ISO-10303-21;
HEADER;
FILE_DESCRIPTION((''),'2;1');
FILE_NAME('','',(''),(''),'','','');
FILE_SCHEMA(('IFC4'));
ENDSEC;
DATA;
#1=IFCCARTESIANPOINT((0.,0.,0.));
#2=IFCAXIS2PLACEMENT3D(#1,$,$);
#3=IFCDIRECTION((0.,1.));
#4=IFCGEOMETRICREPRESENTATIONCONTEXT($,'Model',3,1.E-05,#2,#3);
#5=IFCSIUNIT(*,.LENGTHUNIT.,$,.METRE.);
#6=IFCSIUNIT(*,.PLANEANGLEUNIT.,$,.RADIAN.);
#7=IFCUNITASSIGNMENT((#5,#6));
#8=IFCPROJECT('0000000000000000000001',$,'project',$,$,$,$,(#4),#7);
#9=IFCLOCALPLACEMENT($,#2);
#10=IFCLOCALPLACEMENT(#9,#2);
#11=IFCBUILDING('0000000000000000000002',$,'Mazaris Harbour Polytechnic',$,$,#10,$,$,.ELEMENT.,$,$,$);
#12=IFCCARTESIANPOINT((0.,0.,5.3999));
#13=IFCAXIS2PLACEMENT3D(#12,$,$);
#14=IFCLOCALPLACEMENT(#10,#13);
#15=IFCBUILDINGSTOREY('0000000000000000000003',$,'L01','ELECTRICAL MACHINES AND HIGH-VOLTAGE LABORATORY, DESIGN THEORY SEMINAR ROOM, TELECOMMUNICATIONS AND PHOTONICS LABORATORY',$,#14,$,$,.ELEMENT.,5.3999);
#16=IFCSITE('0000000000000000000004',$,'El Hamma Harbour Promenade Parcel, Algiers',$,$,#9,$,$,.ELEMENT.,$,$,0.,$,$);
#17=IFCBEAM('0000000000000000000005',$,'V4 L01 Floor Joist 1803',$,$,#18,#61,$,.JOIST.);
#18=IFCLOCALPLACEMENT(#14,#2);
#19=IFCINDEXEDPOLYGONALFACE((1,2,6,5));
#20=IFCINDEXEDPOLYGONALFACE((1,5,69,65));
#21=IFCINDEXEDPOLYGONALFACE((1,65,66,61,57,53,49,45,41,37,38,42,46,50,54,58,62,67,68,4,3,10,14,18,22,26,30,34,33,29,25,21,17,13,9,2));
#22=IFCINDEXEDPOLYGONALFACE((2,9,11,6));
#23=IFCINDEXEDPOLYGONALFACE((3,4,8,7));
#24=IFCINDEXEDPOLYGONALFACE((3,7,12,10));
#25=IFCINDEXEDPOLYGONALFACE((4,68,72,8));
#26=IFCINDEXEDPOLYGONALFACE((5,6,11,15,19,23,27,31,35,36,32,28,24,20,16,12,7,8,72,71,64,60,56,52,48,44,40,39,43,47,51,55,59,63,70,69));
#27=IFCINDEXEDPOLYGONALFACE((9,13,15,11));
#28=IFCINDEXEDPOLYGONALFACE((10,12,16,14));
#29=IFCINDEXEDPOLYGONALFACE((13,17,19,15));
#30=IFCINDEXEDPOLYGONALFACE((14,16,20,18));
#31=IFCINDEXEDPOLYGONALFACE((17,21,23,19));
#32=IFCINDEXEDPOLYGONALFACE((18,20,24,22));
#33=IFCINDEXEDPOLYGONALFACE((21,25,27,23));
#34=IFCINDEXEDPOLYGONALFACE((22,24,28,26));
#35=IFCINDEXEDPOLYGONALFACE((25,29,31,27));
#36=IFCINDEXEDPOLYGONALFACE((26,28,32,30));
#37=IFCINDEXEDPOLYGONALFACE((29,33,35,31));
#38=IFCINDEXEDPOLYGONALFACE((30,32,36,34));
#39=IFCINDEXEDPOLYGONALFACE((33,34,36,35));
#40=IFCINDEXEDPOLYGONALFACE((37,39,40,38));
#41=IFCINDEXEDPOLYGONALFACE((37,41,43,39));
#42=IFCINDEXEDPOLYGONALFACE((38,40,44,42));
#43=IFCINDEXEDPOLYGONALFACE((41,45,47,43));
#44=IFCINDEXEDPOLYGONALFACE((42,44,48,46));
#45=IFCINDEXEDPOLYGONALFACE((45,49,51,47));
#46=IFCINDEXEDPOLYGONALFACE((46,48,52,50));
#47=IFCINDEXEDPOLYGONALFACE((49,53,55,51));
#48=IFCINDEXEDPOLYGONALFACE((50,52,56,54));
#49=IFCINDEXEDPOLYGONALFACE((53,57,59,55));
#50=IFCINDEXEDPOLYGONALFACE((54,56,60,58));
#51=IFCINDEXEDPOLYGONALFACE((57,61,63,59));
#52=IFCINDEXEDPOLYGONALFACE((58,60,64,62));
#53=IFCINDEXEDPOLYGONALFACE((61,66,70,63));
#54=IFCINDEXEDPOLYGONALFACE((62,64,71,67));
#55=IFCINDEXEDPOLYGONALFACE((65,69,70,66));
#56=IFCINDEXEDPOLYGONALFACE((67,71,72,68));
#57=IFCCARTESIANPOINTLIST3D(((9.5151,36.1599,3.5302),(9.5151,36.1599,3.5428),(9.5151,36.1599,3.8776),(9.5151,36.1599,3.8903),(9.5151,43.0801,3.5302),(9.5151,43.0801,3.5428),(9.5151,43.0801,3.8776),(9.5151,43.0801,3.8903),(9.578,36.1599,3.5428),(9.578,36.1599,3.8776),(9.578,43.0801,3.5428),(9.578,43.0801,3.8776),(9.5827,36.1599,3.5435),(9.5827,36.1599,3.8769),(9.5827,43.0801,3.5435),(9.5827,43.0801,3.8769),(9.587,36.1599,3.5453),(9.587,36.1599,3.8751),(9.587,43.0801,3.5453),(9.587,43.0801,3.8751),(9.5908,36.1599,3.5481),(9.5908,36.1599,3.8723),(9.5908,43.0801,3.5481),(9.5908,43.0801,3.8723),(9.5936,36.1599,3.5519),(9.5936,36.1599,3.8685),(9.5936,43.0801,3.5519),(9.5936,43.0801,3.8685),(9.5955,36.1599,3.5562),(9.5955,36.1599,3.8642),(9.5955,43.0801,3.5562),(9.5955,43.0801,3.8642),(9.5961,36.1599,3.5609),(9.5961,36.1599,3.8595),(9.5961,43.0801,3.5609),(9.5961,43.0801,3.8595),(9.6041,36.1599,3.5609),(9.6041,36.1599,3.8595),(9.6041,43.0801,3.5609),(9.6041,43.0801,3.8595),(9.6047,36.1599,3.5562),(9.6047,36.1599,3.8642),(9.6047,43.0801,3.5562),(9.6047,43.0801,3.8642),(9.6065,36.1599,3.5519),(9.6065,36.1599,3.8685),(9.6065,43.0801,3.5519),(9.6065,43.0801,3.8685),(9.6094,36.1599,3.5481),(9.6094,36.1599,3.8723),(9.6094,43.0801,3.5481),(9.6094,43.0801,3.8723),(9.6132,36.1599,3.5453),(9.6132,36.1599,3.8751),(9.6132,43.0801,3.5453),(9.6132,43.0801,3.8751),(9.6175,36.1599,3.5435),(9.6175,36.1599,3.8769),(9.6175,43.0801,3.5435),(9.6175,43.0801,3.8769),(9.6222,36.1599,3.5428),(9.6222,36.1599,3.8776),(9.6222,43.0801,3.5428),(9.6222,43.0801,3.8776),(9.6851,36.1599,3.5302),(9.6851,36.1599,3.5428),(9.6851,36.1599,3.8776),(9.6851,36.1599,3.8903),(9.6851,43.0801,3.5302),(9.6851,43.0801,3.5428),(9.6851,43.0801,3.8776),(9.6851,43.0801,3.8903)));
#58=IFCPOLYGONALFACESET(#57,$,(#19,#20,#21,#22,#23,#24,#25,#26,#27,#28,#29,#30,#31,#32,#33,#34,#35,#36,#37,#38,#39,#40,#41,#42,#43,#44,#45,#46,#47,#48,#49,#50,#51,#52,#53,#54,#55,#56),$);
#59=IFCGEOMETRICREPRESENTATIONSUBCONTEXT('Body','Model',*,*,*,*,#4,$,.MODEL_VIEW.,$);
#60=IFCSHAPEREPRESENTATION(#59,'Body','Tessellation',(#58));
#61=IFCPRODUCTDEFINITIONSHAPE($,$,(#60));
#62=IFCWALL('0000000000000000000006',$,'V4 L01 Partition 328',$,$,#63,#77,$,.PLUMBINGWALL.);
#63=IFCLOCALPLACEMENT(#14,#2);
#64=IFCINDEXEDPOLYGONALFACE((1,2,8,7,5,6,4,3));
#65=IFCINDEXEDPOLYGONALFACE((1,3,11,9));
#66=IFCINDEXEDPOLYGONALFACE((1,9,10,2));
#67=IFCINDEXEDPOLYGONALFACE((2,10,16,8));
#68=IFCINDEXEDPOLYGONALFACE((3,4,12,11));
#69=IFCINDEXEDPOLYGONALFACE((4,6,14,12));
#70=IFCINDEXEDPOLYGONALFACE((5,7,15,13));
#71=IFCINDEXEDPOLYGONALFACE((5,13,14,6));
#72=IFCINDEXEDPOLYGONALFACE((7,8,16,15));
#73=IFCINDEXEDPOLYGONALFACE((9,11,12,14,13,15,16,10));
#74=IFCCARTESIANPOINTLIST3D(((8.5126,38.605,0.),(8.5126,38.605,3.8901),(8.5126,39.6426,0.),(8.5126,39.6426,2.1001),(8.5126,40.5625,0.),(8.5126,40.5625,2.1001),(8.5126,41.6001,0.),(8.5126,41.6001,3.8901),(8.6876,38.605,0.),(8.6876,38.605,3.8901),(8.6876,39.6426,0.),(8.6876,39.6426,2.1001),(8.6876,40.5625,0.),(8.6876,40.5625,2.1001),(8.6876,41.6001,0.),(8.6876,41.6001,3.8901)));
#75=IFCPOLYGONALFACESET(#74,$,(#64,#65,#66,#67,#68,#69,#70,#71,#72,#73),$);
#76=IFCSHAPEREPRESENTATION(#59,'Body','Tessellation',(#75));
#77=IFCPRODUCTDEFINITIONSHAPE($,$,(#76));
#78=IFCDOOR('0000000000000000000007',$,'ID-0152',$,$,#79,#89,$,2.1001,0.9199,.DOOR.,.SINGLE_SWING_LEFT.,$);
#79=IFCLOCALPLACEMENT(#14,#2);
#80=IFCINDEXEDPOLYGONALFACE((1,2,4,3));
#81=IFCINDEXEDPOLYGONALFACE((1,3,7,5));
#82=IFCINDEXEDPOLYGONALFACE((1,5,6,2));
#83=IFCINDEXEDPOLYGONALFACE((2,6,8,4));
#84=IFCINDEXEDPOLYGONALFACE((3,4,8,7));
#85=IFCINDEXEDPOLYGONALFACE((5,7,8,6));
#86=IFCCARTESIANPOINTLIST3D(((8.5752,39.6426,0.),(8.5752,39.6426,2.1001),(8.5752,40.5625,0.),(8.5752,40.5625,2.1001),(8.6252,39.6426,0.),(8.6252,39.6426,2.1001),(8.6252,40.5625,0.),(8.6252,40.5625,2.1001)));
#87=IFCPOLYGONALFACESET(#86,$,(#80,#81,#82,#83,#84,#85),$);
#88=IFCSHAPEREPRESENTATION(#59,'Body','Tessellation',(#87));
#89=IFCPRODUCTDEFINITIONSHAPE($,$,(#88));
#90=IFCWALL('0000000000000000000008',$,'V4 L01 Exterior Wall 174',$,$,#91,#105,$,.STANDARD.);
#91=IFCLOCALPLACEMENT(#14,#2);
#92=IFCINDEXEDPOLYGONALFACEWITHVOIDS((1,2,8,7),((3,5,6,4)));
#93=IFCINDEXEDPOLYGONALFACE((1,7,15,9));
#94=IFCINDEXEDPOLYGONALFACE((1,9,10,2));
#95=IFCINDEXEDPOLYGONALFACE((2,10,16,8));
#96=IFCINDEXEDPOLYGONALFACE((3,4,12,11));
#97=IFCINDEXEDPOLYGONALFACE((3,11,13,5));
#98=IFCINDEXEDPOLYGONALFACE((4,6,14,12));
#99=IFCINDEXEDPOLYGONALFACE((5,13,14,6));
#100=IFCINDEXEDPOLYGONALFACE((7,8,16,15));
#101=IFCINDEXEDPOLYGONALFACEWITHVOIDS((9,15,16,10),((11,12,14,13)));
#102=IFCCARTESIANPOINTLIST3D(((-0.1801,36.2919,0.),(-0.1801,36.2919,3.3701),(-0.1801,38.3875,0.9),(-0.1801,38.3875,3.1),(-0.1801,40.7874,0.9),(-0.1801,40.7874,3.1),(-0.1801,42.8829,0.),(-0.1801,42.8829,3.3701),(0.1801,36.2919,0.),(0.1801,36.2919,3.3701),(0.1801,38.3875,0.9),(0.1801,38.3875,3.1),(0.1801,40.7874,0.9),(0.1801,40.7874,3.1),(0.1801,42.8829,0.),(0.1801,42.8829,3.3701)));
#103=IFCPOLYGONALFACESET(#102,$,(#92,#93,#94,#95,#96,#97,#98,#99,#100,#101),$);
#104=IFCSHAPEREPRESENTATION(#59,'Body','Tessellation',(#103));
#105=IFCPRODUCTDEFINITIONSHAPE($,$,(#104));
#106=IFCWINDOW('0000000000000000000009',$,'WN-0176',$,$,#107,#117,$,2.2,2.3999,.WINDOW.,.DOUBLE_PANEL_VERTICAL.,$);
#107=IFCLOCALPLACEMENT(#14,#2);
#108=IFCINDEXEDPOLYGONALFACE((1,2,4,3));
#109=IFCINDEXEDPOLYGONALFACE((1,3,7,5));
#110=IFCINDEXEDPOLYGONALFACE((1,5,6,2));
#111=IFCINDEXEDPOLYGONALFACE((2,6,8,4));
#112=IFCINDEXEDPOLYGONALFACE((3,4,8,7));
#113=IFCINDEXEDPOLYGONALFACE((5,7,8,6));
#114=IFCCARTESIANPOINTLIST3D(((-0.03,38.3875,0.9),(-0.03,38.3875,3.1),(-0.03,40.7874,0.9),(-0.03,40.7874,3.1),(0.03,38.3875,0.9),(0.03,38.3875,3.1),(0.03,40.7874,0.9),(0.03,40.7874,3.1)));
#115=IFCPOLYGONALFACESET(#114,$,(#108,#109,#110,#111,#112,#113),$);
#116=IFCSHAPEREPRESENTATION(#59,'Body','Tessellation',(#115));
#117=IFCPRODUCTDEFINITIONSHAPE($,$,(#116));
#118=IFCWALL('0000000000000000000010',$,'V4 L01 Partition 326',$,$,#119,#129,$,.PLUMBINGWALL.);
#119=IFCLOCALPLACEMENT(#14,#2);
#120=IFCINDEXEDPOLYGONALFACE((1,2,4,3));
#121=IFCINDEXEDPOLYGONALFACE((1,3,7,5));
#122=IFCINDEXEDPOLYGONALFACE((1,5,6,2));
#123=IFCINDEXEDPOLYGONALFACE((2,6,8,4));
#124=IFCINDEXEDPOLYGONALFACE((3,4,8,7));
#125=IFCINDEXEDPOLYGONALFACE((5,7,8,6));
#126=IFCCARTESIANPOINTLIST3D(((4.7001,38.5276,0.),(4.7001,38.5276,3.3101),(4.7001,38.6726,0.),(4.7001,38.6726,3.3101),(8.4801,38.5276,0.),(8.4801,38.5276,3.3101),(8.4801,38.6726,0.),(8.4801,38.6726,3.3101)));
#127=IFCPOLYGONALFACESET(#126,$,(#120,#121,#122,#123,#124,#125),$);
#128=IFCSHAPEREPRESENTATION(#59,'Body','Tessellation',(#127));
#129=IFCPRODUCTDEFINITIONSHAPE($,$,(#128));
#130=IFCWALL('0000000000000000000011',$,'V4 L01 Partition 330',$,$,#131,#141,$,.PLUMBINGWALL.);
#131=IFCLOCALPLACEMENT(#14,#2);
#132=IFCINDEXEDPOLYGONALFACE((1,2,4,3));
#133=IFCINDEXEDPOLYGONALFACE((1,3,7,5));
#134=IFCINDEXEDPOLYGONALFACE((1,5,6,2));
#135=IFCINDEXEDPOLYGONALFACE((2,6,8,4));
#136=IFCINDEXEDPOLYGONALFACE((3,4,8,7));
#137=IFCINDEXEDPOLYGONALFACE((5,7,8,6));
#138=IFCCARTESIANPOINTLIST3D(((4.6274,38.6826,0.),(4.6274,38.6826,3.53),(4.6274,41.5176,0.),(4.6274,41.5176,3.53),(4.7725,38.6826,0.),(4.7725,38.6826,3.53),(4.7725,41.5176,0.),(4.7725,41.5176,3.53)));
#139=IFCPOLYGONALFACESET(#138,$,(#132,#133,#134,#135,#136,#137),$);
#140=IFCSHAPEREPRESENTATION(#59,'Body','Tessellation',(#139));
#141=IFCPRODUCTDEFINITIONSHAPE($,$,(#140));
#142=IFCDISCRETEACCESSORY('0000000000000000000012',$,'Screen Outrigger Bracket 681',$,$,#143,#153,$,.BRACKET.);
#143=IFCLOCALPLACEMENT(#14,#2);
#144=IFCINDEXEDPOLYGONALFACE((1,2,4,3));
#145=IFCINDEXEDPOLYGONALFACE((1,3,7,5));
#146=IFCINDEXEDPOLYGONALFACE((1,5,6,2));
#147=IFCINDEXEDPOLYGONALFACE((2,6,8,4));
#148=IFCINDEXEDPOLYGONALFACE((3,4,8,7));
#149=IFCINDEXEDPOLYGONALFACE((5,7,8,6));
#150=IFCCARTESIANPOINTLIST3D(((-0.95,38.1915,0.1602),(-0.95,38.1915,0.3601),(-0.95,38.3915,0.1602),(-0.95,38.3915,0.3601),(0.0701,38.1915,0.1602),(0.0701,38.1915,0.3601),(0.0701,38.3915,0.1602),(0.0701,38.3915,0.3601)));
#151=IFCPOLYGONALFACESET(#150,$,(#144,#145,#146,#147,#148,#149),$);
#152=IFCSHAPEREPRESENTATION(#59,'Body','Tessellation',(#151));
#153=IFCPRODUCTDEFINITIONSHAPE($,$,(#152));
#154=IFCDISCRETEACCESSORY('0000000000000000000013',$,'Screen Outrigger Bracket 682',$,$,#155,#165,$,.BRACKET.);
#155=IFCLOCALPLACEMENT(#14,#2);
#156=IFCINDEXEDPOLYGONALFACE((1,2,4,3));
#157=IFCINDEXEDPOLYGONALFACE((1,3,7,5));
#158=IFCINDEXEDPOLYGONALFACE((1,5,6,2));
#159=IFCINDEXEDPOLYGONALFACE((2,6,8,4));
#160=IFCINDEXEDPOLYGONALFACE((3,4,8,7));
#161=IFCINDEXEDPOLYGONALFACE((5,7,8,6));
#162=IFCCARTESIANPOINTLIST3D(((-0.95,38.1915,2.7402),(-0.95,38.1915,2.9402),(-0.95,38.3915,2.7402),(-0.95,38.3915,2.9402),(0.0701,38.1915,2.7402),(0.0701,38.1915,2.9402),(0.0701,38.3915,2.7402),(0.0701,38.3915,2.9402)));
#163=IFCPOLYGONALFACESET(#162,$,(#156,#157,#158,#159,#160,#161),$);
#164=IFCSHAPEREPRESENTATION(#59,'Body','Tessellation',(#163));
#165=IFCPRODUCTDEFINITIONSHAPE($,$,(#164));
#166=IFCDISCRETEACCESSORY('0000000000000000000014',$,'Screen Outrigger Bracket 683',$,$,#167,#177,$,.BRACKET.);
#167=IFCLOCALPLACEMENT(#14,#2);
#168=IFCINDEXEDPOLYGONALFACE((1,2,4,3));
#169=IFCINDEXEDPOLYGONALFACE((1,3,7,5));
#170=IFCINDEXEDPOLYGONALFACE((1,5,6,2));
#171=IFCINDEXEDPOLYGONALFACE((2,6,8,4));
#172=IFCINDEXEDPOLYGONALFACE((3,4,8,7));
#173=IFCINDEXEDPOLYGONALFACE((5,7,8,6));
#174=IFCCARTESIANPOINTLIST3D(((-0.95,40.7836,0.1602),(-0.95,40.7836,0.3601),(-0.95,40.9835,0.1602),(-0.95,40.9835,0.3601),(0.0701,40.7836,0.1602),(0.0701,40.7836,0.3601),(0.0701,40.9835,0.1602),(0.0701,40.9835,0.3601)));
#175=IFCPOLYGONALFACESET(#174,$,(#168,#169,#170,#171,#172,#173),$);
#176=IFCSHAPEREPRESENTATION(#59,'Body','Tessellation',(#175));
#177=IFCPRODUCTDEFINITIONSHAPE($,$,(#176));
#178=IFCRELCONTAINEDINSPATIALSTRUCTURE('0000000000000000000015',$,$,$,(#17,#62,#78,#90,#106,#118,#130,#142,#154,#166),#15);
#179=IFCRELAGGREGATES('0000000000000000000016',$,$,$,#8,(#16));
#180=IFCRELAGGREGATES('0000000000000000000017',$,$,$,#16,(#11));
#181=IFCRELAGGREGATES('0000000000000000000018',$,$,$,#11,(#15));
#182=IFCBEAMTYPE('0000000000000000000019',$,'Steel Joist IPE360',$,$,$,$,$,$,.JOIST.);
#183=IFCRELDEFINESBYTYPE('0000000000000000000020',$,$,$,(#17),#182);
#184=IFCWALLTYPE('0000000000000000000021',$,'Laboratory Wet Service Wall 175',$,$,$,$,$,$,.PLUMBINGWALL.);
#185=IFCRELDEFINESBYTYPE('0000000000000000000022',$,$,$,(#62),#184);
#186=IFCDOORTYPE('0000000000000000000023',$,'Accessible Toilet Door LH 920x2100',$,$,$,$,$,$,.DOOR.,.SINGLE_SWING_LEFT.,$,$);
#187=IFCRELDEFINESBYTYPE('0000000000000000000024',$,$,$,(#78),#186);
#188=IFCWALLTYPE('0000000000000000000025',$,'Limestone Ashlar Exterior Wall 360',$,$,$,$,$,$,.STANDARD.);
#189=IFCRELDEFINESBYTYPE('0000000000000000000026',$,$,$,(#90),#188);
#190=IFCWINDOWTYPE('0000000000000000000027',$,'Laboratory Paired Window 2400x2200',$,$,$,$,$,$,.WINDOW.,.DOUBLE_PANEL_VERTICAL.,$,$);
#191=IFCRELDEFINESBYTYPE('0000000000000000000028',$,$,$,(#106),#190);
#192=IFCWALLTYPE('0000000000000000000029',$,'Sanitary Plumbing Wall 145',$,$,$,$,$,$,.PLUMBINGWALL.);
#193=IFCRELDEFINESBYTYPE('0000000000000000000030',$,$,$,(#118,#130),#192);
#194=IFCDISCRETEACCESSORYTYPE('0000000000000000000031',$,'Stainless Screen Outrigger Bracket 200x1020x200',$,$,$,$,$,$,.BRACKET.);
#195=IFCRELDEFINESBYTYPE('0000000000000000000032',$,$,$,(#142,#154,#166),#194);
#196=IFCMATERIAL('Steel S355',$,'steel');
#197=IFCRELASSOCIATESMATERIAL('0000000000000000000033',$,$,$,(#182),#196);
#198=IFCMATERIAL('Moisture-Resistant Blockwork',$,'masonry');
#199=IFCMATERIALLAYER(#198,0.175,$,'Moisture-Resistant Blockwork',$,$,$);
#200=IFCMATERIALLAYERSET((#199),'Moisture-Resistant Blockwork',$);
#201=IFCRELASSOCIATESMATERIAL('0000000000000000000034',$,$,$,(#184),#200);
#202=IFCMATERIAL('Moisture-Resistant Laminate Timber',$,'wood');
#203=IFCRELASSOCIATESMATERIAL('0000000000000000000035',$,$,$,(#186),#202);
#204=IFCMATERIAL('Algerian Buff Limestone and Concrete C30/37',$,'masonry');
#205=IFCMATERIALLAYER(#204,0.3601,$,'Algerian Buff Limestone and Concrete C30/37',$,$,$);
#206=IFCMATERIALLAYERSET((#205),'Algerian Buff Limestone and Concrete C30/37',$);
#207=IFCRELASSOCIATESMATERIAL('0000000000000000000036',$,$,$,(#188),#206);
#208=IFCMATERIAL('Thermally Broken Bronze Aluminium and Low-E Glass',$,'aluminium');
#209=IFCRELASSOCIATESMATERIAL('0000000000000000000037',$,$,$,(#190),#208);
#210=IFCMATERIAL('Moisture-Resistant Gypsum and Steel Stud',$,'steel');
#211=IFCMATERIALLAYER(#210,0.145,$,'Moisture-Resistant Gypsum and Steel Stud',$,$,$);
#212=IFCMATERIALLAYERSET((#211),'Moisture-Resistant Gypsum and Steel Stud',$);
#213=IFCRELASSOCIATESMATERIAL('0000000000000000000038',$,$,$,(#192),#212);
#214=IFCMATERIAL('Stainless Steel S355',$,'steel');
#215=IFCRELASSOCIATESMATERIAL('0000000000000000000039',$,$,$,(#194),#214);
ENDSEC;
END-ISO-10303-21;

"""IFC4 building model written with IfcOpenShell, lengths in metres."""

from ifc_helpers import new_model, si_unit, direction, frame, frame_2d, origin, origin_2d, place, context, subcontext, project, spatial, rectangle, i_section, extrude, material, layer, layer_set, material_profile, profile_set, type_object, element, fill, save


model = new_model("IFC4")

# Units and contexts
model_context = context("Model", 3, precision=1e-05, world=origin(), true_north=direction((0.0, 1.0)))
body_context = subcontext(model_context, "Body", "Model", "MODEL_VIEW")
ifc_project = project(units=[si_unit("LENGTHUNIT", "METRE"), si_unit("PLANEANGLEUNIT", "RADIAN")], contexts=[model_context])

# Site, building, storey
site_placement = place(None, origin())
site = spatial("IfcSite", under=ifc_project, at=site_placement, Name="El Hamma Harbour Promenade Parcel, Algiers", CompositionType="ELEMENT", RefElevation=0.0)
building_placement = place(site_placement, origin())
building = spatial("IfcBuilding", under=site, at=building_placement, Name="Mazaris Harbour Polytechnic", CompositionType="ELEMENT")
storey_placement = place(building_placement, frame((0.0, 0.0, 5.3999)))
storey = spatial("IfcBuildingStorey", under=building, at=storey_placement, Name="L01", Description="ELECTRICAL MACHINES AND HIGH-VOLTAGE LABORATORY, DESIGN THEORY SEMINAR ROOM, TELECOMMUNICATIONS AND PHOTONICS LABORATORY", CompositionType="ELEMENT", Elevation=5.3999)

# Beam
ifc_material_1 = material(Name="Steel S355", Category="steel")
ifc_material_profile_1 = material_profile(ifc_material_1, i_section(OverallWidth=0.1699, OverallDepth=0.3601, WebThickness=0.0081, FlangeThickness=0.0127, FilletRadius=0.0181, at=origin_2d()), Name="IPE 360")
ifc_profile_set_1 = profile_set([ifc_material_profile_1], Name="Steel S355")
beam_type_1 = type_object("IfcBeamType", Name="Steel Joist IPE360", PredefinedType="JOIST", material=ifc_profile_set_1)
beam_1_placement = place(storey_placement, frame((9.6001, 36.1599, 3.7102), z_axis=(0.0, 1.0, 0.0), x_axis=(-1.0, 0.0, 0.0)))
element("IfcBeam", 1, at=beam_1_placement, inside=storey, type_object=beam_type_1, Name="V4 L01 Floor Joist 1803", PredefinedType="JOIST", context=body_context, shape_type="SweptSolid", body=[
    extrude(i_section(OverallWidth=0.1699, OverallDepth=0.3601, WebThickness=0.0081, FlangeThickness=0.0127, FilletRadius=0.0181, at=origin_2d()), origin(), (0.0, 0.0, 1.0), 6.9202),
])

# Wall, opening, door
ifc_material_2 = material(Name="Moisture-Resistant Blockwork", Category="masonry")
ifc_layer_1 = layer(ifc_material_2, 0.175, Name="Moisture-Resistant Blockwork")
ifc_layer_set_1 = layer_set([ifc_layer_1], Name="Moisture-Resistant Blockwork")
wall_type_1 = type_object("IfcWallType", Name="Laboratory Wet Service Wall 175", PredefinedType="PLUMBINGWALL", material=ifc_layer_set_1)
wall_1_placement = place(storey_placement, frame((8.6001, 38.605, 0.0), z_axis=(0.0, 0.0, 1.0), x_axis=(0.0, 1.0, 0.0)))
wall_1 = element("IfcWall", 2, at=wall_1_placement, inside=storey, type_object=wall_type_1, Name="V4 L01 Partition 328", PredefinedType="PLUMBINGWALL", context=body_context, shape_type="SweptSolid", body=[
    extrude(rectangle(XDim=2.9951, YDim=0.175, at=frame_2d((1.4976, 0.0))), origin(), (0.0, 0.0, 1.0), 3.8901),
])
opening_1_placement = place(wall_1_placement, frame((1.0376, 0.0, 0.0)))
opening_1 = element("IfcOpeningElement", 3, at=opening_1_placement, cuts=wall_1, PredefinedType="OPENING", context=body_context, shape_type="SweptSolid", body=[
    extrude(rectangle(XDim=0.9199, YDim=2.1001, at=frame_2d((0.46, 1.05))), frame((0.0, 0.0974, 0.0), z_axis=(0.0, -1.0, 0.0), x_axis=(1.0, 0.0, 0.0)), (0.0, 0.0, 1.0), 0.1951),
])
ifc_material_3 = material(Name="Moisture-Resistant Laminate Timber", Category="wood")
door_type = type_object("IfcDoorType", Name="Accessible Toilet Door LH 920x2100", OperationType="SINGLE_SWING_LEFT", PredefinedType="DOOR", material=ifc_material_3)
door_placement = place(opening_1_placement, origin())
door = element("IfcDoor", 4, at=door_placement, inside=storey, type_object=door_type, Name="ID-0152", OperationType="SINGLE_SWING_LEFT", OverallHeight=2.1001, OverallWidth=0.9199, PredefinedType="DOOR", context=body_context, shape_type="SweptSolid", body=[
    extrude(rectangle(XDim=0.9199, YDim=2.1001, at=frame_2d((0.46, 1.05))), frame((0.0, 0.0249, 0.0), z_axis=(0.0, -1.0, 0.0), x_axis=(1.0, 0.0, 0.0)), (0.0, 0.0, 1.0), 0.05),
])
fill(opening_1, door)

# Wall, opening, window
ifc_material_4 = material(Name="Algerian Buff Limestone and Concrete C30/37", Category="masonry")
ifc_layer_2 = layer(ifc_material_4, 0.3601, Name="Algerian Buff Limestone and Concrete C30/37")
ifc_layer_set_2 = layer_set([ifc_layer_2], Name="Algerian Buff Limestone and Concrete C30/37")
wall_type_2 = type_object("IfcWallType", Name="Limestone Ashlar Exterior Wall 360", PredefinedType="STANDARD", material=ifc_layer_set_2)
wall_2_placement = place(storey_placement, frame((0.0, 36.292, 0.0), z_axis=(0.0, 0.0, 1.0), x_axis=(0.0, 1.0, 0.0)))
wall_2 = element("IfcWall", 5, at=wall_2_placement, inside=storey, type_object=wall_type_2, Name="V4 L01 Exterior Wall 174", PredefinedType="STANDARD", context=body_context, shape_type="SweptSolid", body=[
    extrude(rectangle(XDim=6.5911, YDim=0.3601, at=frame_2d((3.2954, 0.0))), origin(), (0.0, 0.0, 1.0), 3.3701),
])
opening_2_placement = place(wall_2_placement, frame((2.0955, 0.0, 0.8999)))
opening_2 = element("IfcOpeningElement", 6, at=opening_2_placement, cuts=wall_2, PredefinedType="OPENING", context=body_context, shape_type="SweptSolid", body=[
    extrude(rectangle(XDim=2.3999, YDim=2.2, at=frame_2d((1.2, 1.1001))), frame((0.0, 0.1899, 0.0), z_axis=(0.0, -1.0, 0.0), x_axis=(1.0, 0.0, 0.0)), (0.0, 0.0, 1.0), 0.3801),
])
ifc_material_5 = material(Name="Thermally Broken Bronze Aluminium and Low-E Glass", Category="aluminium")
window_type = type_object("IfcWindowType", Name="Laboratory Paired Window 2400x2200", PartitioningType="DOUBLE_PANEL_VERTICAL", PredefinedType="WINDOW", material=ifc_material_5)
window_placement = place(opening_2_placement, origin())
window = element("IfcWindow", 7, at=window_placement, inside=storey, type_object=window_type, Name="WN-0176", OverallHeight=2.2, OverallWidth=2.3999, PartitioningType="DOUBLE_PANEL_VERTICAL", PredefinedType="WINDOW", context=body_context, shape_type="SweptSolid", body=[
    extrude(rectangle(XDim=2.3999, YDim=2.2, at=frame_2d((1.2, 1.1001))), frame((0.0, 0.03, 0.0), z_axis=(0.0, -1.0, 0.0), x_axis=(1.0, 0.0, 0.0)), (0.0, 0.0, 1.0), 0.0601),
])
fill(opening_2, window)

# Walls
ifc_material_6 = material(Name="Moisture-Resistant Gypsum and Steel Stud", Category="steel")
ifc_layer_3 = layer(ifc_material_6, 0.145, Name="Moisture-Resistant Gypsum and Steel Stud")
ifc_layer_set_3 = layer_set([ifc_layer_3], Name="Moisture-Resistant Gypsum and Steel Stud")
wall_type_3 = type_object("IfcWallType", Name="Sanitary Plumbing Wall 145", PredefinedType="PLUMBINGWALL", material=ifc_layer_set_3)
wall_3_placement = place(storey_placement, frame((4.7, 38.6001, 0.0), z_axis=(0.0, 0.0, 1.0), x_axis=(1.0, 0.0, 0.0)))
element("IfcWall", 8, at=wall_3_placement, inside=storey, type_object=wall_type_3, Name="V4 L01 Partition 326", PredefinedType="PLUMBINGWALL", context=body_context, shape_type="SweptSolid", body=[
    extrude(rectangle(XDim=3.78, YDim=0.145, at=frame_2d((1.8901, 0.0))), origin(), (0.0, 0.0, 1.0), 3.3101),
])
wall_4_placement = place(storey_placement, frame((4.7, 38.6826, 0.0), z_axis=(0.0, 0.0, 1.0), x_axis=(0.0, 1.0, 0.0)))
element("IfcWall", 9, at=wall_4_placement, inside=storey, type_object=wall_type_3, Name="V4 L01 Partition 330", PredefinedType="PLUMBINGWALL", context=body_context, shape_type="SweptSolid", body=[
    extrude(rectangle(XDim=2.835, YDim=0.145, at=frame_2d((1.4175, 0.0))), origin(), (0.0, 0.0, 1.0), 3.53),
])

# Discrete accessories
ifc_material_7 = material(Name="Stainless Steel S355", Category="steel")
discrete_accessory_type = type_object("IfcDiscreteAccessoryType", Name="Stainless Screen Outrigger Bracket 200x1020x200", PredefinedType="BRACKET", material=ifc_material_7)
for number, where, z_axis, x_axis, name in (
    (10, (-0.4399, 38.2915, 0.1602), (0.0, 0.0, 1.0), (0.0, 1.0, 0.0), "Screen Outrigger Bracket 681"),
    (11, (-0.4399, 38.2915, 2.7402), (0.0, 0.0, 1.0), (0.0, 1.0, 0.0), "Screen Outrigger Bracket 682"),
    (12, (-0.4399, 40.8835, 0.1602), (0.0, 0.0, 1.0), (0.0, 1.0, 0.0), "Screen Outrigger Bracket 683"),
):
    element("IfcDiscreteAccessory", number, at=place(storey_placement, frame(where, z_axis=z_axis, x_axis=x_axis)), inside=storey, type_object=discrete_accessory_type, Name=name, PredefinedType="BRACKET", context=body_context, shape_type="SweptSolid", body=[
        extrude(rectangle(XDim=0.2, YDim=1.02, at=origin_2d()), origin(), (0.0, 0.0, 1.0), 0.2),
    ])

save(model, "model.ifc")
